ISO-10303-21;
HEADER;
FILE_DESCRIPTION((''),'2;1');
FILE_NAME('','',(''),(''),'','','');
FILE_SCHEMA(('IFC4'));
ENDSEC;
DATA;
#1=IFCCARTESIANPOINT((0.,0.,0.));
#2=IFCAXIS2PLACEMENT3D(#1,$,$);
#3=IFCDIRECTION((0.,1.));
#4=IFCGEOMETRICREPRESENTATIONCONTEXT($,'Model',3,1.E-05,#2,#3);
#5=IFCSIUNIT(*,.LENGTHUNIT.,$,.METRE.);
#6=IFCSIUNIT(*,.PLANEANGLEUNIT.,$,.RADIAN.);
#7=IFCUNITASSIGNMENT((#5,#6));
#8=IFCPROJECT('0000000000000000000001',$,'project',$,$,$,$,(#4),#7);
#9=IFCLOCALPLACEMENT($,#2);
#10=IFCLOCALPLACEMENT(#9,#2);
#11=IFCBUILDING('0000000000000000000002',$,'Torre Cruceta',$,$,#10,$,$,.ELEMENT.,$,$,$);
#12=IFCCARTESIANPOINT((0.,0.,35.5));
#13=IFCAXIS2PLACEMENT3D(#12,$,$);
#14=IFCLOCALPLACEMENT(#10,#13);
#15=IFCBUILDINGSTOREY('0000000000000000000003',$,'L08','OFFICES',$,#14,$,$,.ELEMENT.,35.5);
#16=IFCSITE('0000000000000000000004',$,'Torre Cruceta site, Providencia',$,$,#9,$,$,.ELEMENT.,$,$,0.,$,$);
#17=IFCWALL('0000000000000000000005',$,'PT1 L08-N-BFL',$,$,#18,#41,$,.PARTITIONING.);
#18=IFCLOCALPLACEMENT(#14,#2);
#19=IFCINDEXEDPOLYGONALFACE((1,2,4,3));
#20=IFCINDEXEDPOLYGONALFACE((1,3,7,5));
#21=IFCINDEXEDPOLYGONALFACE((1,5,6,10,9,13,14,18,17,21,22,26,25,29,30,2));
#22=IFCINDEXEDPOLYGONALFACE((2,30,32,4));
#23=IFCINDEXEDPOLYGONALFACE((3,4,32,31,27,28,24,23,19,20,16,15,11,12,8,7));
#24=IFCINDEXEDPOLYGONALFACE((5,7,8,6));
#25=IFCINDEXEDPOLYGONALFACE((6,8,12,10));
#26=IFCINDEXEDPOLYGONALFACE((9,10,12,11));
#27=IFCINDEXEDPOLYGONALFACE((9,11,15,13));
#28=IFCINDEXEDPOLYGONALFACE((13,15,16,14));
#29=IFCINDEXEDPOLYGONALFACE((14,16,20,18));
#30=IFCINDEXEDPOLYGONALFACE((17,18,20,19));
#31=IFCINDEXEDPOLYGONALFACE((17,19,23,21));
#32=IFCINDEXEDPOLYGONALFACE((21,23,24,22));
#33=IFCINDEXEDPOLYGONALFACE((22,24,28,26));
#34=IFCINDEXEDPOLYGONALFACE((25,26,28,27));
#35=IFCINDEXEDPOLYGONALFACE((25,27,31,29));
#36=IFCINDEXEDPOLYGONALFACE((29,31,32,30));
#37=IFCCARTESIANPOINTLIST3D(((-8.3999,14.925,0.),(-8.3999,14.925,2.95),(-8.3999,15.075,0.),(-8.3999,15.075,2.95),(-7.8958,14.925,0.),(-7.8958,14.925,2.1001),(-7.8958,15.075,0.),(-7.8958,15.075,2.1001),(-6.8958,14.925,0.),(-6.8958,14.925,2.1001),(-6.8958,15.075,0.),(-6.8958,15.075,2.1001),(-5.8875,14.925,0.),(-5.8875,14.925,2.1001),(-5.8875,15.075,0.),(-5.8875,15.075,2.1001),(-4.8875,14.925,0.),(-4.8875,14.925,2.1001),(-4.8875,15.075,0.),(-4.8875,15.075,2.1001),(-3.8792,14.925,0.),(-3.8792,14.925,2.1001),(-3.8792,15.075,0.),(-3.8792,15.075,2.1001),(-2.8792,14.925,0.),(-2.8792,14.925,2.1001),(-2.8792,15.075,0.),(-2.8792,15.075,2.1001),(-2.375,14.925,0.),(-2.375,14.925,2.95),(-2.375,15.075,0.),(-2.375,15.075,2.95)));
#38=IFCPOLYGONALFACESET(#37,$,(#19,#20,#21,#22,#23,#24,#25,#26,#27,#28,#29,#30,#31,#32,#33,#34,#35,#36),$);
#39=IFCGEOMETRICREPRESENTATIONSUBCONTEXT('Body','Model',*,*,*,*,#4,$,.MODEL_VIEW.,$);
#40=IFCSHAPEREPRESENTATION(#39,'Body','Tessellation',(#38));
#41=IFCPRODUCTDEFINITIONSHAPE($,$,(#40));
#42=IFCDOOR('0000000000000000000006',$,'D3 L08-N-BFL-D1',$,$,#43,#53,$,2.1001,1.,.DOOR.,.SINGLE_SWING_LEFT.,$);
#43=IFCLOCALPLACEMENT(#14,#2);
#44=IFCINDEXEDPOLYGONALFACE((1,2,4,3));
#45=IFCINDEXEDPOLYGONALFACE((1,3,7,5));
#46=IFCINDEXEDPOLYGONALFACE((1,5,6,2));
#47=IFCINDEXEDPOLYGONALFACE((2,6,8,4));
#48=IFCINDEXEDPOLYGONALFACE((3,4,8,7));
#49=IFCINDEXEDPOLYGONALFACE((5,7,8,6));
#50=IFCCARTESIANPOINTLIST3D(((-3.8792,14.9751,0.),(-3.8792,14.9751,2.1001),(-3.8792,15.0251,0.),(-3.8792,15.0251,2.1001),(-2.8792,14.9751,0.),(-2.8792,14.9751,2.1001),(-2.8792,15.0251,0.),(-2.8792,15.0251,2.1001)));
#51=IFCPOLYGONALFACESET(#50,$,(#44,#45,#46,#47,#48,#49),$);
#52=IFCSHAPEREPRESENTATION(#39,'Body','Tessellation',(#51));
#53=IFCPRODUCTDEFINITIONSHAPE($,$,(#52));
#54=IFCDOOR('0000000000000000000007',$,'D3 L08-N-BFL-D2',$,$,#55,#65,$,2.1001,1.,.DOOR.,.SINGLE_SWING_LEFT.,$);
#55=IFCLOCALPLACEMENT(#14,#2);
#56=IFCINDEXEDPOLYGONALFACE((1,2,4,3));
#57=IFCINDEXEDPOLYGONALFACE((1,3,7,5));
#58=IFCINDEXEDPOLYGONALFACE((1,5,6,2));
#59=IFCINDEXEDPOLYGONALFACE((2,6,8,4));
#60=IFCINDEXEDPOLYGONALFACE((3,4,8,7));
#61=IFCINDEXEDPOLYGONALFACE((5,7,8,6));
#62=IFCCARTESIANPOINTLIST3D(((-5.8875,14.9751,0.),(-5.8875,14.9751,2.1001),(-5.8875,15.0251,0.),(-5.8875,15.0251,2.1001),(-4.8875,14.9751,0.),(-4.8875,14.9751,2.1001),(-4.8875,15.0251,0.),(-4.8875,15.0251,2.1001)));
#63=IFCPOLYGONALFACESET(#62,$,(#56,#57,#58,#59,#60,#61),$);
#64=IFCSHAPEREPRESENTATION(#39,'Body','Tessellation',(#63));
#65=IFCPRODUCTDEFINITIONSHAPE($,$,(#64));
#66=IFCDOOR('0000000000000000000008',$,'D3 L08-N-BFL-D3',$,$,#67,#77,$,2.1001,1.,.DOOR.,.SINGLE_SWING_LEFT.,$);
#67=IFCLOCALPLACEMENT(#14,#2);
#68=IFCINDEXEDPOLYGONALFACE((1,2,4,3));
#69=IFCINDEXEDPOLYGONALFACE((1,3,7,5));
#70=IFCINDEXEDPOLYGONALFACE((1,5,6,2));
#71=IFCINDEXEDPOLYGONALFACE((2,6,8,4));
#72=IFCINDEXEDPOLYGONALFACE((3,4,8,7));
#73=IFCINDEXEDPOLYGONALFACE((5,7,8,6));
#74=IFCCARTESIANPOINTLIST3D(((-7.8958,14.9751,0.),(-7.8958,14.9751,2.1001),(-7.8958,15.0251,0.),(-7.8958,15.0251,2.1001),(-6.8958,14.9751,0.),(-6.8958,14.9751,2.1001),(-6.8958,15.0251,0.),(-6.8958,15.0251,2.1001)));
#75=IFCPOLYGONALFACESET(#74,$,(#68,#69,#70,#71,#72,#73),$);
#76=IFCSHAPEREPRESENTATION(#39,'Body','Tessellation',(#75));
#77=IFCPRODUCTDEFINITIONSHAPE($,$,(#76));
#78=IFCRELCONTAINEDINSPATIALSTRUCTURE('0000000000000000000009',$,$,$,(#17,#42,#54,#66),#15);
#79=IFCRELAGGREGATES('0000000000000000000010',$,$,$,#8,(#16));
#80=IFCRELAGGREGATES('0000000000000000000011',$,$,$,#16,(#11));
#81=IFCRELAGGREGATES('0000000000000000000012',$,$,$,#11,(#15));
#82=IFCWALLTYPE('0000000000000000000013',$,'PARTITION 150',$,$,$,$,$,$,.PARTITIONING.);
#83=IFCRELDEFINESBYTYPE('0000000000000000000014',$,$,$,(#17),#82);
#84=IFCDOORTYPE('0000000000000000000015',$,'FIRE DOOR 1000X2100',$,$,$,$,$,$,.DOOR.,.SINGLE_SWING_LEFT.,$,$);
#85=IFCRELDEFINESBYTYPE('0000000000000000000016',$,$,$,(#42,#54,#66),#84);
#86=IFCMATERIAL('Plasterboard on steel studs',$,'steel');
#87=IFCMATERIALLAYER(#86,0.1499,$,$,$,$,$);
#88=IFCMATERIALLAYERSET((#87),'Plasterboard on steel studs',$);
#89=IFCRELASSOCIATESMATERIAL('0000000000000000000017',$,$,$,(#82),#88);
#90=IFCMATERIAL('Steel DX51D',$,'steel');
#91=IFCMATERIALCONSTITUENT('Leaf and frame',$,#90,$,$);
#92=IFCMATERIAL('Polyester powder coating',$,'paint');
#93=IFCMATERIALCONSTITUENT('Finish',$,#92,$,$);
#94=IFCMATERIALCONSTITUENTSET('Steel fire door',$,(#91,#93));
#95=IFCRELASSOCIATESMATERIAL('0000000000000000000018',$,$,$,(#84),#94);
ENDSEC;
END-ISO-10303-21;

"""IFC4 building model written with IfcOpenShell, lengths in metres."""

from ifc_helpers import new_model, si_unit, direction, frame, frame_2d, origin, place, context, subcontext, project, spatial, rectangle, extrude, material, layer, layer_set, constituent, constituent_set, type_object, element, fill, save


model = new_model("IFC4")

# Units and contexts
model_context = context("Model", 3, precision=1e-05, world=origin(), true_north=direction((0.0, 1.0)))
body_context = subcontext(model_context, "Body", "Model", "MODEL_VIEW")
ifc_project = project(units=[si_unit("LENGTHUNIT", "METRE"), si_unit("PLANEANGLEUNIT", "RADIAN")], contexts=[model_context])

# Site, building, storey
site_placement = place(None, origin())
site = spatial("IfcSite", under=ifc_project, at=site_placement, Name="Torre Cruceta site, Providencia", CompositionType="ELEMENT", RefElevation=0.0)
building_placement = place(site_placement, origin())
building = spatial("IfcBuilding", under=site, at=building_placement, Name="Torre Cruceta", CompositionType="ELEMENT")
storey_placement = place(building_placement, frame((0.0, 0.0, 35.5)))
storey = spatial("IfcBuildingStorey", under=building, at=storey_placement, Name="L08", Description="OFFICES", CompositionType="ELEMENT", Elevation=35.5)

# Wall, openings, doors
ifc_material_1 = material(Name="Plasterboard on steel studs", Category="steel")
ifc_layer_1 = layer(ifc_material_1, 0.1499)
ifc_layer_set_1 = layer_set([ifc_layer_1], Name="Plasterboard on steel studs")
wall_type_1 = type_object("IfcWallType", Name="PARTITION 150", PredefinedType="PARTITIONING", material=ifc_layer_set_1)
wall_1_placement = place(storey_placement, frame((-2.375, 15.0, 0.0), z_axis=(0.0, 0.0, 1.0), x_axis=(-1.0, 0.0, 0.0)))
wall_1 = element("IfcWall", 1, at=wall_1_placement, inside=storey, type_object=wall_type_1, Name="PT1 L08-N-BFL", PredefinedType="PARTITIONING", context=body_context, shape_type="SweptSolid", body=[
    extrude(rectangle(XDim=6.0249, YDim=0.1499, at=frame_2d((3.0125, 0.0))), origin(), (0.0, 0.0, 1.0), 2.95),
])
opening_1_placement = place(wall_1_placement, frame((0.5042, 0.0, 0.0)))
opening_1 = element("IfcOpeningElement", 2, at=opening_1_placement, cuts=wall_1, PredefinedType="OPENING", context=body_context, shape_type="SweptSolid", body=[
    extrude(rectangle(XDim=1.0, YDim=2.1001, at=frame_2d((0.5, 1.05))), frame((0.0, 0.085, 0.0), z_axis=(0.0, -1.0, 0.0), x_axis=(1.0, 0.0, 0.0)), (0.0, 0.0, 1.0), 0.1699),
])
opening_2_placement = place(wall_1_placement, frame((2.5125, 0.0, 0.0)))
opening_2 = element("IfcOpeningElement", 3, at=opening_2_placement, cuts=wall_1, PredefinedType="OPENING", context=body_context, shape_type="SweptSolid", body=[
    extrude(rectangle(XDim=1.0, YDim=2.1001, at=frame_2d((0.5, 1.05))), frame((0.0, 0.085, 0.0), z_axis=(0.0, -1.0, 0.0), x_axis=(1.0, 0.0, 0.0)), (0.0, 0.0, 1.0), 0.1699),
])
opening_3_placement = place(wall_1_placement, frame((4.5208, 0.0, 0.0)))
opening_3 = element("IfcOpeningElement", 4, at=opening_3_placement, cuts=wall_1, PredefinedType="OPENING", context=body_context, shape_type="SweptSolid", body=[
    extrude(rectangle(XDim=1.0, YDim=2.1001, at=frame_2d((0.5, 1.05))), frame((0.0, 0.085, 0.0), z_axis=(0.0, -1.0, 0.0), x_axis=(1.0, 0.0, 0.0)), (0.0, 0.0, 1.0), 0.1699),
])
ifc_material_2 = material(Name="Steel DX51D", Category="steel")
ifc_constituent_1 = constituent(ifc_material_2, Name="Leaf and frame")
ifc_material_3 = material(Name="Polyester powder coating", Category="paint")
ifc_constituent_2 = constituent(ifc_material_3, Name="Finish")
ifc_constituent_set_1 = constituent_set(constituents=[ifc_constituent_1, ifc_constituent_2], Name="Steel fire door")
door_type = type_object("IfcDoorType", Name="FIRE DOOR 1000X2100", OperationType="SINGLE_SWING_LEFT", PredefinedType="DOOR", material=ifc_constituent_set_1)
door_1_placement = place(opening_1_placement, origin())
door_1 = element("IfcDoor", 5, at=door_1_placement, inside=storey, type_object=door_type, Name="D3 L08-N-BFL-D1", OperationType="SINGLE_SWING_LEFT", OverallHeight=2.1001, OverallWidth=1.0, PredefinedType="DOOR", context=body_context, shape_type="SweptSolid", body=[
    extrude(rectangle(XDim=1.0, YDim=2.1001, at=frame_2d((0.5, 1.05))), frame((0.0, 0.0249, 0.0), z_axis=(0.0, -1.0, 0.0), x_axis=(1.0, 0.0, 0.0)), (0.0, 0.0, 1.0), 0.05),
])
fill(opening_1, door_1)
door_2_placement = place(opening_2_placement, origin())
door_2 = element("IfcDoor", 6, at=door_2_placement, inside=storey, type_object=door_type, Name="D3 L08-N-BFL-D2", OperationType="SINGLE_SWING_LEFT", OverallHeight=2.1001, OverallWidth=1.0, PredefinedType="DOOR", context=body_context, shape_type="SweptSolid", body=[
    extrude(rectangle(XDim=1.0, YDim=2.1001, at=frame_2d((0.5, 1.05))), frame((0.0, 0.0249, 0.0), z_axis=(0.0, -1.0, 0.0), x_axis=(1.0, 0.0, 0.0)), (0.0, 0.0, 1.0), 0.05),
])
fill(opening_2, door_2)
door_3_placement = place(opening_3_placement, origin())
door_3 = element("IfcDoor", 7, at=door_3_placement, inside=storey, type_object=door_type, Name="D3 L08-N-BFL-D3", OperationType="SINGLE_SWING_LEFT", OverallHeight=2.1001, OverallWidth=1.0, PredefinedType="DOOR", context=body_context, shape_type="SweptSolid", body=[
    extrude(rectangle(XDim=1.0, YDim=2.1001, at=frame_2d((0.5, 1.05))), frame((0.0, 0.0249, 0.0), z_axis=(0.0, -1.0, 0.0), x_axis=(1.0, 0.0, 0.0)), (0.0, 0.0, 1.0), 0.05),
])
fill(opening_3, door_3)

save(model, "model.ifc")
